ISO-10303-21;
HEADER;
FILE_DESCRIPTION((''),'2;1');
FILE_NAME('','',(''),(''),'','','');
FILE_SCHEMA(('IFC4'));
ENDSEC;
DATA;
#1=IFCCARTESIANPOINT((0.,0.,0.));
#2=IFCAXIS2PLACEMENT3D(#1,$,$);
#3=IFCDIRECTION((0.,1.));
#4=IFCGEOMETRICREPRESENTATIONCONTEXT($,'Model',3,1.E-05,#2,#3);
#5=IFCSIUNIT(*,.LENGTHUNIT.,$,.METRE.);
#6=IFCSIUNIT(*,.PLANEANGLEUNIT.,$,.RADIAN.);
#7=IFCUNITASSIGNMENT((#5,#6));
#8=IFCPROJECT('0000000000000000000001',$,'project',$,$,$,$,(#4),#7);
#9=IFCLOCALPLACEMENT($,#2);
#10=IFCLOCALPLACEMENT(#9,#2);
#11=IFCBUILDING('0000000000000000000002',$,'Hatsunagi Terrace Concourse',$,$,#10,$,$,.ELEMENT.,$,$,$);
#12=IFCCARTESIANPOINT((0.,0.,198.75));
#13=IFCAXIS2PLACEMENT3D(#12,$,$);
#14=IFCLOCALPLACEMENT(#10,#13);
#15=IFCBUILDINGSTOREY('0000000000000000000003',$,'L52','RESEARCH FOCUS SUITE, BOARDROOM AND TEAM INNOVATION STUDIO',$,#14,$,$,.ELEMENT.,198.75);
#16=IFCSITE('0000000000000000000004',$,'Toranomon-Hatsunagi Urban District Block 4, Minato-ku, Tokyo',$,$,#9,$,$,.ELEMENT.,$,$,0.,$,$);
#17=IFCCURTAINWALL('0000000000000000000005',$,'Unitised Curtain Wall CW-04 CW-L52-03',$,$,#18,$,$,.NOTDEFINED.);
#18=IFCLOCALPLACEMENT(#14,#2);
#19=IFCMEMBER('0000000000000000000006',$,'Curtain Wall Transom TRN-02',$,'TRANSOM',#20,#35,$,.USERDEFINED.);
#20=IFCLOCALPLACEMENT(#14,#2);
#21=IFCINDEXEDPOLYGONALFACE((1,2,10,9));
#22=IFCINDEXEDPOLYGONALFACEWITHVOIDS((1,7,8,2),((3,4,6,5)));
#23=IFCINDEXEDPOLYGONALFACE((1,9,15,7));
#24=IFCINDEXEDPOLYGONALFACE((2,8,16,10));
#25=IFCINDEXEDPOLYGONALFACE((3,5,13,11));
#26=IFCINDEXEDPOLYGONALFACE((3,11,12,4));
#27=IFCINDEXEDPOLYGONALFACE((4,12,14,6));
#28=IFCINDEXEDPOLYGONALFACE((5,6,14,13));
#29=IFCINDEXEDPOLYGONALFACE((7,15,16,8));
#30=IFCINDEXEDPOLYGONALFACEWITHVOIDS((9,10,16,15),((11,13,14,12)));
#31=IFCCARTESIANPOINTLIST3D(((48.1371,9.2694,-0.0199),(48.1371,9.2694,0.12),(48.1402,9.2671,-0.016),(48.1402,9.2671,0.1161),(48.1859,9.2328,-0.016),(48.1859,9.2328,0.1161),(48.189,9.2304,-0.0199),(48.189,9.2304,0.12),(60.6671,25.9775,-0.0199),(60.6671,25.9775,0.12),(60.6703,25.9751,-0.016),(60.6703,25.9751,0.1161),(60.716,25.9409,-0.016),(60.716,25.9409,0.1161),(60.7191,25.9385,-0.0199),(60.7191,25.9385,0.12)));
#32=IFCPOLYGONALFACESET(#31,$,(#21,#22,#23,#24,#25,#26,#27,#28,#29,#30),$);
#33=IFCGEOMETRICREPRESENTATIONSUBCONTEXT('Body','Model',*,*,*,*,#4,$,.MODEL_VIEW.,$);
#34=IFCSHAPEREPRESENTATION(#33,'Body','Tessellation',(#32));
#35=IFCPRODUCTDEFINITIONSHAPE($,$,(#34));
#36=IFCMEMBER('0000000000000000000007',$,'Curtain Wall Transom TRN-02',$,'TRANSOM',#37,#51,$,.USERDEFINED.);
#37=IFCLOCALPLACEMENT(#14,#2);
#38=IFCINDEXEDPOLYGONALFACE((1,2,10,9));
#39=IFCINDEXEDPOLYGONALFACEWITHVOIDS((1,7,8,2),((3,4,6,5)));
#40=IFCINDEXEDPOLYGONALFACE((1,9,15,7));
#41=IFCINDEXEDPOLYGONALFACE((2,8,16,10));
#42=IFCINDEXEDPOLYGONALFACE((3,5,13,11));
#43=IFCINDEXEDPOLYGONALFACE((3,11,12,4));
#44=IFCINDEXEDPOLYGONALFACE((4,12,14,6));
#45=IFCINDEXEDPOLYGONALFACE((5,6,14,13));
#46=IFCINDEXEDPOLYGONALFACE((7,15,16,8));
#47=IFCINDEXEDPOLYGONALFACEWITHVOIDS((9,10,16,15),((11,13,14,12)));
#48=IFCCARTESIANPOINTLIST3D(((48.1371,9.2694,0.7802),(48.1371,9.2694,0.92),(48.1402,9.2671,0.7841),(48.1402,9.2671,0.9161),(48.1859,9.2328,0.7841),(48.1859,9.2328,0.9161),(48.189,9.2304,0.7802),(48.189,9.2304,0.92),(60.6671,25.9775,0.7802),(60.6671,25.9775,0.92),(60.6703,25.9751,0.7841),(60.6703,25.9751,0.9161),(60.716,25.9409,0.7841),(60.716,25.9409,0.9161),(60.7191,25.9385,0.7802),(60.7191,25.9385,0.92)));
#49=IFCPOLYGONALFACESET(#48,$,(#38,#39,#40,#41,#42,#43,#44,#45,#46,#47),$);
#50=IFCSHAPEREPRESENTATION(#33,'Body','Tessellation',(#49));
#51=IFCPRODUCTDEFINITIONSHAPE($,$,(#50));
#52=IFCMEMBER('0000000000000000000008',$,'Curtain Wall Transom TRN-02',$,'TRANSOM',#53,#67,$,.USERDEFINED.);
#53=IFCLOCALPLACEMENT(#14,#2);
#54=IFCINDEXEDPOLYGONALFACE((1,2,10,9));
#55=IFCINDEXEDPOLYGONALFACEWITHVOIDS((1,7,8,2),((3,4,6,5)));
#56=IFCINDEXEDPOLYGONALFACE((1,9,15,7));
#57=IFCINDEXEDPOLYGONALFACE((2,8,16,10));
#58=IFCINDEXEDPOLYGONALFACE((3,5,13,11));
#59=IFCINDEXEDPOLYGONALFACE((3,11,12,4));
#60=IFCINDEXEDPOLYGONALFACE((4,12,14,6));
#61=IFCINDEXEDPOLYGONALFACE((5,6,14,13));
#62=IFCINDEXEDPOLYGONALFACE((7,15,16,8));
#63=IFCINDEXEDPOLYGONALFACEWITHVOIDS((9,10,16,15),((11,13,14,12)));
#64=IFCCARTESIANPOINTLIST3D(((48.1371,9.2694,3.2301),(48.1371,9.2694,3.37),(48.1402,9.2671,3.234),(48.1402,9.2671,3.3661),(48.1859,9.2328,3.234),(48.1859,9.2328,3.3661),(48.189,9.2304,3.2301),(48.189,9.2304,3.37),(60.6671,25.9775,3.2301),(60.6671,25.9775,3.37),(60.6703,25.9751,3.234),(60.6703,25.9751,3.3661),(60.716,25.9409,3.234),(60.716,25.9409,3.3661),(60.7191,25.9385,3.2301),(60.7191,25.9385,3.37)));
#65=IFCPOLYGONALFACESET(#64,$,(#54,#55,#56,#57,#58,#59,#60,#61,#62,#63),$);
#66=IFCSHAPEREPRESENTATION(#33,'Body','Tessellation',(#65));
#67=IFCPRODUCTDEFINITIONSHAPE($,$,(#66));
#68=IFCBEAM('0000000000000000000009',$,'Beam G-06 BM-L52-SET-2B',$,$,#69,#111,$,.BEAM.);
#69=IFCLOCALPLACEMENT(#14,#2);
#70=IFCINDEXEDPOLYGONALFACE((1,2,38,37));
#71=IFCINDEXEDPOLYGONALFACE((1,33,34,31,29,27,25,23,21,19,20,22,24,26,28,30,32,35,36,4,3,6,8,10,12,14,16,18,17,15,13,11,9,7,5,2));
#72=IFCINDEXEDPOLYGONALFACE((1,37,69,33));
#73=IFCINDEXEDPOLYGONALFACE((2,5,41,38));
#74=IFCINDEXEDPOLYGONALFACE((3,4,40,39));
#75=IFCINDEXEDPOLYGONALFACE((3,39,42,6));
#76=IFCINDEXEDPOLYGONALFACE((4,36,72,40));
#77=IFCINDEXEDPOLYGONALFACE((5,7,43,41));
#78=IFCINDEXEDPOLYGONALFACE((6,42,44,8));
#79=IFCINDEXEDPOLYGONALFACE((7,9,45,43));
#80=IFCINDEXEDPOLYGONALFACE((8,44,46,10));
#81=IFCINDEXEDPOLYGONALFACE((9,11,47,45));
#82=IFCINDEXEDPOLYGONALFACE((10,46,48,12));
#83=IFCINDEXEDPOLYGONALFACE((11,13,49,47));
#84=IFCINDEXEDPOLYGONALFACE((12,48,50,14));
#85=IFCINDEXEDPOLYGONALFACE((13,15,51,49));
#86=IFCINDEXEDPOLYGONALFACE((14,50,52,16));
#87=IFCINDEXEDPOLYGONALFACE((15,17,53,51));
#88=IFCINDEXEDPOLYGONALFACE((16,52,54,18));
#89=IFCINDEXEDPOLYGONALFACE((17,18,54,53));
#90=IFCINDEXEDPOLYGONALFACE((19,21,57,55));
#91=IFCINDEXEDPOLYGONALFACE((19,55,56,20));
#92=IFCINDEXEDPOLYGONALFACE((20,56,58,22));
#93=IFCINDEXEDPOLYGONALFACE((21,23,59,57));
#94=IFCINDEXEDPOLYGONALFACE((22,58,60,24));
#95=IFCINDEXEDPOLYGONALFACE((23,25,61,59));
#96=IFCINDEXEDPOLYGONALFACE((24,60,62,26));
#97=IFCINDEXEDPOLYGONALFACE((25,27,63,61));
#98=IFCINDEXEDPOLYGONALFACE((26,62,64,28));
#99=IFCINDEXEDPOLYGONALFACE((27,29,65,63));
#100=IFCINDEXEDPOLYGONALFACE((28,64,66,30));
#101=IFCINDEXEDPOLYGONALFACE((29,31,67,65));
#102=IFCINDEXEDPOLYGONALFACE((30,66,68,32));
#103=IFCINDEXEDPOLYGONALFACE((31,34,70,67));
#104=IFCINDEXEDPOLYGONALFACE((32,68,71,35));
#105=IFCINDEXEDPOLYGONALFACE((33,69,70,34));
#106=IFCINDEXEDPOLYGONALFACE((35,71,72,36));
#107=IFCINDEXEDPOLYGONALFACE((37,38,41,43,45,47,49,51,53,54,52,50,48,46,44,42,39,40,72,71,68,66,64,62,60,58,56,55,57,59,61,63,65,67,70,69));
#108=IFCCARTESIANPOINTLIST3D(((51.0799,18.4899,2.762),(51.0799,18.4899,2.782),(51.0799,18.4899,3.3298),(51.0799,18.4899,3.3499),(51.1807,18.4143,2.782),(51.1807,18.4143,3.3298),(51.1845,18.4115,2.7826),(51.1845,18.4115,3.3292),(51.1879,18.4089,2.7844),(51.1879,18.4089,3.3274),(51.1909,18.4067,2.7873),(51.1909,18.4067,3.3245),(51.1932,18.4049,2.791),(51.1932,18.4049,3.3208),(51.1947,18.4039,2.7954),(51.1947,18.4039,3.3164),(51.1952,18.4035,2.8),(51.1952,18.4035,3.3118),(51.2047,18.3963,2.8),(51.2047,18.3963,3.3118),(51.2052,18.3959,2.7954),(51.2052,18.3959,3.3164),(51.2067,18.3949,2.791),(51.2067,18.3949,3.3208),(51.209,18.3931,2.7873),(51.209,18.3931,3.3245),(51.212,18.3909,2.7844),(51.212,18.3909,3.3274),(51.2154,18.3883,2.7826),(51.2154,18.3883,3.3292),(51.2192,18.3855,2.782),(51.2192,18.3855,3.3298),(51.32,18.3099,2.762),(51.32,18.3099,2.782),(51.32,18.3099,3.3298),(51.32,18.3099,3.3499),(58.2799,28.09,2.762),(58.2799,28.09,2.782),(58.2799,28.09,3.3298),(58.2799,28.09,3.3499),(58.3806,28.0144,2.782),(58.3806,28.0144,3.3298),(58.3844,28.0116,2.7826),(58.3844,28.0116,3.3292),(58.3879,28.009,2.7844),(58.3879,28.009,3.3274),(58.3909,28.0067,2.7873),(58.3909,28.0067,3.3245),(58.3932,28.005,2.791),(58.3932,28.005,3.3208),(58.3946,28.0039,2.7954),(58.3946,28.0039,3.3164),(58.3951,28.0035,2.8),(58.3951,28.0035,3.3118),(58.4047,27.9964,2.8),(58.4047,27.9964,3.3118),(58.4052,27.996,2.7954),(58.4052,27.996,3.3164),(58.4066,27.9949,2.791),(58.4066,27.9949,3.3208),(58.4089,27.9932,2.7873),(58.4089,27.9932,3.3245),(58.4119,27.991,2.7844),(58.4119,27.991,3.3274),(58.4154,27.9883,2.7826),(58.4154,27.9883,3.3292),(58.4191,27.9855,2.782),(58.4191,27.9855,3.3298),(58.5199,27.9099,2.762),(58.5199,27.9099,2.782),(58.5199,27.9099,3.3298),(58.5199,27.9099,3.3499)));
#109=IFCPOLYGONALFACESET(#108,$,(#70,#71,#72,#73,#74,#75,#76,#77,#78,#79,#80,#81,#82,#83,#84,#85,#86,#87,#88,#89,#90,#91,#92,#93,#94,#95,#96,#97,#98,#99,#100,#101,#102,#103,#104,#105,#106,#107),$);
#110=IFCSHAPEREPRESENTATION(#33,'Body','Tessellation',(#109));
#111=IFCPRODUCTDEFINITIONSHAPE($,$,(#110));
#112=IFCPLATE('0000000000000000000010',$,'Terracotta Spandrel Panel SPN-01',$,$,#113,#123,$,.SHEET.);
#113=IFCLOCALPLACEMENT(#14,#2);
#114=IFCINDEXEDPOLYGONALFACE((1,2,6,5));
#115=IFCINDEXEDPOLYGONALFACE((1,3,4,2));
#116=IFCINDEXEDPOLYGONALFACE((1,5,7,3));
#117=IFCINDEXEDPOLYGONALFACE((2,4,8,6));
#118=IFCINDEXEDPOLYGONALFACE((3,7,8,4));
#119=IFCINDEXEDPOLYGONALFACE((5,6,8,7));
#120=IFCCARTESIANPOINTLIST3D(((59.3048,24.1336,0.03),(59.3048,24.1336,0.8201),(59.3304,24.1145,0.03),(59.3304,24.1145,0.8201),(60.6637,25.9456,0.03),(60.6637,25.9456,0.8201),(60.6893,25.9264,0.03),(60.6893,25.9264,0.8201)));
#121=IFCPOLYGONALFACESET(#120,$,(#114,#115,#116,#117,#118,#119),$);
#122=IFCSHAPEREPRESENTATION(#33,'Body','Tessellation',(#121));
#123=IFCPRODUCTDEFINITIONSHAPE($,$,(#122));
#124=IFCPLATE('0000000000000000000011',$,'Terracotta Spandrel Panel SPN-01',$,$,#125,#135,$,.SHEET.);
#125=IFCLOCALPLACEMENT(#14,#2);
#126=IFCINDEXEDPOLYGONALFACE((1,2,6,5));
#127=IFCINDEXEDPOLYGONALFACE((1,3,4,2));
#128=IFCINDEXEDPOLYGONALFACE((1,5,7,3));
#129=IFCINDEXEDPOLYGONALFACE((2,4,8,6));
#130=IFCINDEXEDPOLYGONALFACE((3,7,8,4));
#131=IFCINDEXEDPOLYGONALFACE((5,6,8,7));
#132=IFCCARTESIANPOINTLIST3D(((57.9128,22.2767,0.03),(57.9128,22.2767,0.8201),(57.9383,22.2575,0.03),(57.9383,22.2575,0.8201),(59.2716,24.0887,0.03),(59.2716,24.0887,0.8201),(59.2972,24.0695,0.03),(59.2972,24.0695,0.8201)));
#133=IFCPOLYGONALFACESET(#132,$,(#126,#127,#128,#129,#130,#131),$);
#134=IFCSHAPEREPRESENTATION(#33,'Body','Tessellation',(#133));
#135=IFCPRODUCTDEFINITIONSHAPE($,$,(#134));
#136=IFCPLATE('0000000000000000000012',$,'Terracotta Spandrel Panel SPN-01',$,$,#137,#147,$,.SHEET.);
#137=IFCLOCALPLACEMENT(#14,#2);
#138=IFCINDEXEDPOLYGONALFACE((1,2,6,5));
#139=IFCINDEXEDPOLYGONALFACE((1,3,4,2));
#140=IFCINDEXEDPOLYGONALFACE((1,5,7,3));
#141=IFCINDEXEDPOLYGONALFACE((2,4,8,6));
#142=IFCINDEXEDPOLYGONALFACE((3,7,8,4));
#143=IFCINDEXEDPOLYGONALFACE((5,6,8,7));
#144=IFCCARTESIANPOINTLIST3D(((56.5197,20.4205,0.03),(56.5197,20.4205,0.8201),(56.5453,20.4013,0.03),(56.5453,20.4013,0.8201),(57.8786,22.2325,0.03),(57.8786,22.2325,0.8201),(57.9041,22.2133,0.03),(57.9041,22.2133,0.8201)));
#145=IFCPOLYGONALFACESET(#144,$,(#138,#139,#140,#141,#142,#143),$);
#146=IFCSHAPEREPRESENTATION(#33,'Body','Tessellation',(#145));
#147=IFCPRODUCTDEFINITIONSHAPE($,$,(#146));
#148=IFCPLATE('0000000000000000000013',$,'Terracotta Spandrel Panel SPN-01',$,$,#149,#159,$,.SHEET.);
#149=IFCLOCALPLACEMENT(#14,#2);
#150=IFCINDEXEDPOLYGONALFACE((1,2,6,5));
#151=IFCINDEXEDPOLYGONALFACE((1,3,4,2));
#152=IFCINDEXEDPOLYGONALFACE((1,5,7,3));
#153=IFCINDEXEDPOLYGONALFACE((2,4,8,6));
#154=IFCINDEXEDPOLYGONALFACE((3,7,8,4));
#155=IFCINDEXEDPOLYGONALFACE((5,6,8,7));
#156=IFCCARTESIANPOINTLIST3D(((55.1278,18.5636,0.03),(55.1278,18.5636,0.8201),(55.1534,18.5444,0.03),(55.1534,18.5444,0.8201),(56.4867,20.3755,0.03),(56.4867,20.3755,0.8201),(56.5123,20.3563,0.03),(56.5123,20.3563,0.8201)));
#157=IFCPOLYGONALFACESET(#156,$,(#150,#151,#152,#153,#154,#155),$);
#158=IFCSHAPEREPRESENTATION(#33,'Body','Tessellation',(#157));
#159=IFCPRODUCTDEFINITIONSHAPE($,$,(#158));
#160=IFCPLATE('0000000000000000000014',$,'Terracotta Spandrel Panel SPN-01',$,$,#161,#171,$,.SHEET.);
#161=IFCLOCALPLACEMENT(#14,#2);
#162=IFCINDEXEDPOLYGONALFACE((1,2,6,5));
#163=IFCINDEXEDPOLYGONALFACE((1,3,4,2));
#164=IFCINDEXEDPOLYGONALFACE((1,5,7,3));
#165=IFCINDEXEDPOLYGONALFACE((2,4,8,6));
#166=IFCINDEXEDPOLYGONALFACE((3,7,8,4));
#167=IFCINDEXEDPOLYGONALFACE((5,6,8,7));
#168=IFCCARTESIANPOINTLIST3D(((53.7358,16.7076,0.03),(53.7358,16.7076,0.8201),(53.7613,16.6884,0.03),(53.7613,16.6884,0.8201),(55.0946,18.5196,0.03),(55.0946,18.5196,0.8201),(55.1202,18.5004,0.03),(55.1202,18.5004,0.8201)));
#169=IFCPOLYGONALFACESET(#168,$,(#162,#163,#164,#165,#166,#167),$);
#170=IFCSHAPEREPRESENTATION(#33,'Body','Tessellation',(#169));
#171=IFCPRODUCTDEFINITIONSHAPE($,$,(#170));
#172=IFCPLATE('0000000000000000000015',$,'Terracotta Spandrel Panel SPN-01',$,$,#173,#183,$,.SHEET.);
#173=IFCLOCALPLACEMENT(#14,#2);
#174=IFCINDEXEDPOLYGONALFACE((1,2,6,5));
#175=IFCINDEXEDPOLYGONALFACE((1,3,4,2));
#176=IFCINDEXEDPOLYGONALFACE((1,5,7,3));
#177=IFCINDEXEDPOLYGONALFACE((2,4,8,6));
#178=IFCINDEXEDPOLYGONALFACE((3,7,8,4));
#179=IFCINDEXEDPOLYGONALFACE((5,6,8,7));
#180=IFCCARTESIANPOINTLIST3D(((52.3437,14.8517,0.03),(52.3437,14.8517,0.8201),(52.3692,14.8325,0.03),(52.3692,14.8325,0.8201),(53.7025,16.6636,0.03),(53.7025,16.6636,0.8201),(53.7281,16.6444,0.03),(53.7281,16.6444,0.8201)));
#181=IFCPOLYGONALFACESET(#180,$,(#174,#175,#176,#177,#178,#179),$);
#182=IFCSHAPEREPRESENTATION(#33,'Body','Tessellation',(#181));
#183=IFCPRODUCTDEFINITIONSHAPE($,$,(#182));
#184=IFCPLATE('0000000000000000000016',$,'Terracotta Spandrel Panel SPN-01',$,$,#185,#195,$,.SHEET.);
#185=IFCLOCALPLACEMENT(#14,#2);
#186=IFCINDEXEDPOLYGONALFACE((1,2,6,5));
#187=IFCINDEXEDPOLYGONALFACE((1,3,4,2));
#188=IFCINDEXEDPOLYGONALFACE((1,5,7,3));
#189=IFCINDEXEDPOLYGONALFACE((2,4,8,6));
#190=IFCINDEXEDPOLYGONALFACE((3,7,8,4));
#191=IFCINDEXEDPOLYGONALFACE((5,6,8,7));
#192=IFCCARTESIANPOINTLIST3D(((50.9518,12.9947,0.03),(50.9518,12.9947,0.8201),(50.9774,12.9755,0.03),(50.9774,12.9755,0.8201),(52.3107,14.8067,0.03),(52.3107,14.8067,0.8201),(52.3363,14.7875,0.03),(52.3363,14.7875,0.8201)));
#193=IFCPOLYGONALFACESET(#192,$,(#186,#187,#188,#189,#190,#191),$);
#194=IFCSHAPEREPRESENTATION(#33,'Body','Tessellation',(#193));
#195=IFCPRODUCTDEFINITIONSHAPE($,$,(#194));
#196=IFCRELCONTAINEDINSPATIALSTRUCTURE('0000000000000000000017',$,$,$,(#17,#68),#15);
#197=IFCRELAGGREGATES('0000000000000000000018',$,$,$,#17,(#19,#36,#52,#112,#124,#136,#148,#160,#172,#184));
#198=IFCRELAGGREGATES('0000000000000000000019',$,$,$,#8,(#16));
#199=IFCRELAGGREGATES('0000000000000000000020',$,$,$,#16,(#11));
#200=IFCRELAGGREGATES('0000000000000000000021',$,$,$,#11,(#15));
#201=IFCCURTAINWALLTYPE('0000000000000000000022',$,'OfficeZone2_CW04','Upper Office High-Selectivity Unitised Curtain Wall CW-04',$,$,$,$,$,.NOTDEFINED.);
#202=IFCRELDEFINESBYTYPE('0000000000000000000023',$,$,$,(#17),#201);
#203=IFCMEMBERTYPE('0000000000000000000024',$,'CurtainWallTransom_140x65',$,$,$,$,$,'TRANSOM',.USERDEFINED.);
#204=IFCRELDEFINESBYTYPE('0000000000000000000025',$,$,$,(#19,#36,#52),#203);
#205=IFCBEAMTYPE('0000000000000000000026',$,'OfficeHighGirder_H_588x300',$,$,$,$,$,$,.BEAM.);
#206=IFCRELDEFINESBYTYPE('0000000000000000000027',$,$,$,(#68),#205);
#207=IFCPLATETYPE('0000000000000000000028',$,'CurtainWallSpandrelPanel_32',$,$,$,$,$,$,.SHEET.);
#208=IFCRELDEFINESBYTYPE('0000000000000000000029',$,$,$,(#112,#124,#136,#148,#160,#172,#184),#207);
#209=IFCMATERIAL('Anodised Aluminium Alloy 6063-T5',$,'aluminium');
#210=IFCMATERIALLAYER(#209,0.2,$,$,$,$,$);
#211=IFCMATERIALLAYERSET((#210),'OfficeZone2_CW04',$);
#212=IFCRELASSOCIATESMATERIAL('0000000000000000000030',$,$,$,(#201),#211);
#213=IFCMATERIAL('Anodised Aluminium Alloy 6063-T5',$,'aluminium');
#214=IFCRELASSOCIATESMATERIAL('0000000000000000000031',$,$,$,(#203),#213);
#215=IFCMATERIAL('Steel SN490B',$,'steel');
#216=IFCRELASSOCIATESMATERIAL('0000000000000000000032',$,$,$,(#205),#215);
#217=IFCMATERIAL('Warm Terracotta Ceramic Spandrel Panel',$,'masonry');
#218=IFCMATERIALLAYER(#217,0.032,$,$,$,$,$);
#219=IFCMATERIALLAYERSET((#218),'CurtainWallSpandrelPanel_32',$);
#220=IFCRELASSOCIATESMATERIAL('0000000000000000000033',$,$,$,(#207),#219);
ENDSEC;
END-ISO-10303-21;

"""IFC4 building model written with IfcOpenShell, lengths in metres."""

from ifc_helpers import new_model, si_unit, direction, frame, origin, origin_2d, place, context, subcontext, project, spatial, rectangle, hollow_rectangle, i_section, extrude, material, layer, layer_set, material_profile, profile_set, type_object, element, aggregate, save


model = new_model("IFC4")

# Units and contexts
model_context = context("Model", 3, precision=1e-05, world=origin(), true_north=direction((0.0, 1.0)))
body_context = subcontext(model_context, "Body", "Model", "MODEL_VIEW")
ifc_project = project(units=[si_unit("LENGTHUNIT", "METRE"), si_unit("PLANEANGLEUNIT", "RADIAN")], contexts=[model_context])

# Site, building, storey
site_placement = place(None, origin())
site = spatial("IfcSite", under=ifc_project, at=site_placement, Name="Toranomon-Hatsunagi Urban District Block 4, Minato-ku, Tokyo", CompositionType="ELEMENT", RefElevation=0.0)
building_placement = place(site_placement, origin())
building = spatial("IfcBuilding", under=site, at=building_placement, Name="Hatsunagi Terrace Concourse", CompositionType="ELEMENT")
storey_placement = place(building_placement, frame((0.0, 0.0, 198.75)))
storey = spatial("IfcBuildingStorey", under=building, at=storey_placement, Name="L52", Description="RESEARCH FOCUS SUITE, BOARDROOM AND TEAM INNOVATION STUDIO", CompositionType="ELEMENT", Elevation=198.75)

# Curtain wall, members
ifc_material_1 = material(Name="Anodised Aluminium Alloy 6063-T5", Category="aluminium")
ifc_layer_1 = layer(ifc_material_1, 0.2)
ifc_layer_set_1 = layer_set([ifc_layer_1], Name="OfficeZone2_CW04")
curtain_wall_type = type_object("IfcCurtainWallType", Name="OfficeZone2_CW04", Description="Upper Office High-Selectivity Unitised Curtain Wall CW-04", PredefinedType="NOTDEFINED", material=ifc_layer_set_1)
curtain_wall_placement = place(storey_placement, origin())
curtain_wall = element("IfcCurtainWall", 1, at=curtain_wall_placement, inside=storey, type_object=curtain_wall_type, Name="Unitised Curtain Wall CW-04 CW-L52-03", PredefinedType="NOTDEFINED")
ifc_material_2 = material(Name="Anodised Aluminium Alloy 6063-T5", Category="aluminium")
ifc_material_profile_1 = material_profile(ifc_material_2, hollow_rectangle(XDim=0.0649, YDim=0.1399, WallThickness=0.0039, at=origin_2d()), Name="ALU-TRN-140x65x4")
ifc_profile_set_1 = profile_set([ifc_material_profile_1], Name="Anodised Aluminium Alloy 6063-T5")
member_type_1 = type_object("IfcMemberType", Name="CurtainWallTransom_140x65", ElementType="TRANSOM", PredefinedType="USERDEFINED", material=ifc_profile_set_1)
member_1_placement = place(storey_placement, frame((60.6931, 25.958, 0.05), z_axis=(-0.59997, -0.800022, 0.0), x_axis=(0.800022, -0.59997, 0.0)))
member_1 = element("IfcMember", 2, at=member_1_placement, type_object=member_type_1, Name="Curtain Wall Transom TRN-02", ObjectType="TRANSOM", PredefinedType="USERDEFINED", context=body_context, shape_type="SweptSolid", body=[
    extrude(hollow_rectangle(XDim=0.0649, YDim=0.1399, WallThickness=0.0039, at=origin_2d()), origin(), (0.0, 0.0, 1.0), 20.8845),
])
member_2_placement = place(storey_placement, frame((60.6931, 25.958, 0.8501), z_axis=(-0.59997, -0.800022, 0.0), x_axis=(0.800022, -0.59997, 0.0)))
member_2 = element("IfcMember", 3, at=member_2_placement, type_object=member_type_1, Name="Curtain Wall Transom TRN-02", ObjectType="TRANSOM", PredefinedType="USERDEFINED", context=body_context, shape_type="SweptSolid", body=[
    extrude(hollow_rectangle(XDim=0.0649, YDim=0.1399, WallThickness=0.0039, at=origin_2d()), origin(), (0.0, 0.0, 1.0), 20.8845),
])
member_3_placement = place(storey_placement, frame((60.6931, 25.958, 3.3), z_axis=(-0.59997, -0.800022, 0.0), x_axis=(0.800022, -0.59997, 0.0)))
member_3 = element("IfcMember", 4, at=member_3_placement, type_object=member_type_1, Name="Curtain Wall Transom TRN-02", ObjectType="TRANSOM", PredefinedType="USERDEFINED", context=body_context, shape_type="SweptSolid", body=[
    extrude(hollow_rectangle(XDim=0.0649, YDim=0.1399, WallThickness=0.0039, at=origin_2d()), origin(), (0.0, 0.0, 1.0), 20.8845),
])

# Beam
ifc_material_3 = material(Name="Steel SN490B", Category="steel")
ifc_material_profile_2 = material_profile(ifc_material_3, i_section(OverallWidth=0.3, OverallDepth=0.5879, WebThickness=0.012, FlangeThickness=0.02, FilletRadius=0.0181, at=origin_2d()), Name="H-588x300x12x20")
ifc_profile_set_2 = profile_set([ifc_material_profile_2], Name="Steel SN490B")
beam_type = type_object("IfcBeamType", Name="OfficeHighGirder_H_588x300", PredefinedType="BEAM", material=ifc_profile_set_2)
beam_placement = place(storey_placement, frame((51.2, 18.3999, 3.0559), z_axis=(0.599993, 0.800005, 0.0), x_axis=(-0.800005, 0.599993, 0.0)))
element("IfcBeam", 5, at=beam_placement, inside=storey, type_object=beam_type, Name="Beam G-06 BM-L52-SET-2B", PredefinedType="BEAM", context=body_context, shape_type="SweptSolid", body=[
    extrude(i_section(OverallWidth=0.3, OverallDepth=0.5879, WebThickness=0.012, FlangeThickness=0.02, FilletRadius=0.0181, at=origin_2d()), origin(), (0.0, 0.0, 1.0), 12.0),
])

# Plates
ifc_material_4 = material(Name="Warm Terracotta Ceramic Spandrel Panel", Category="masonry")
ifc_layer_2 = layer(ifc_material_4, 0.032)
ifc_layer_set_2 = layer_set([ifc_layer_2], Name="CurtainWallSpandrelPanel_32")
plate_type_1 = type_object("IfcPlateType", Name="CurtainWallSpandrelPanel_32", PredefinedType="SHEET", material=ifc_layer_set_2)
plate_1_placement = place(storey_placement, frame((59.9971, 25.03, 0.03), z_axis=(0.0, 0.0, 1.0), x_axis=(-0.599969, -0.800023, 0.0)))
plate_1 = element("IfcPlate", 6, at=plate_1_placement, type_object=plate_type_1, Name="Terracotta Spandrel Panel SPN-01", PredefinedType="SHEET", context=body_context, shape_type="SweptSolid", body=[
    extrude(rectangle(XDim=2.2649, YDim=0.032, at=origin_2d()), origin(), (0.0, 0.0, 1.0), 0.79),
])
plate_2_placement = place(storey_placement, frame((58.605, 23.1731, 0.03), z_axis=(0.0, 0.0, 1.0), x_axis=(-0.599969, -0.800023, 0.0)))
plate_2 = element("IfcPlate", 7, at=plate_2_placement, type_object=plate_type_1, Name="Terracotta Spandrel Panel SPN-01", PredefinedType="SHEET", context=body_context, shape_type="SweptSolid", body=[
    extrude(rectangle(XDim=2.2649, YDim=0.032, at=origin_2d()), origin(), (0.0, 0.0, 1.0), 0.79),
])
plate_3_placement = place(storey_placement, frame((57.2119, 21.3169, 0.03), z_axis=(0.0, 0.0, 1.0), x_axis=(-0.599969, -0.800023, 0.0)))
plate_3 = element("IfcPlate", 8, at=plate_3_placement, type_object=plate_type_1, Name="Terracotta Spandrel Panel SPN-01", PredefinedType="SHEET", context=body_context, shape_type="SweptSolid", body=[
    extrude(rectangle(XDim=2.2649, YDim=0.032, at=origin_2d()), origin(), (0.0, 0.0, 1.0), 0.79),
])
plate_4_placement = place(storey_placement, frame((55.8201, 19.46, 0.03), z_axis=(0.0, 0.0, 1.0), x_axis=(-0.599969, -0.800023, 0.0)))
plate_4 = element("IfcPlate", 9, at=plate_4_placement, type_object=plate_type_1, Name="Terracotta Spandrel Panel SPN-01", PredefinedType="SHEET", context=body_context, shape_type="SweptSolid", body=[
    extrude(rectangle(XDim=2.2649, YDim=0.032, at=origin_2d()), origin(), (0.0, 0.0, 1.0), 0.79),
])
plate_5_placement = place(storey_placement, frame((54.428, 17.604, 0.03), z_axis=(0.0, 0.0, 1.0), x_axis=(-0.599969, -0.800023, 0.0)))
plate_5 = element("IfcPlate", 10, at=plate_5_placement, type_object=plate_type_1, Name="Terracotta Spandrel Panel SPN-01", PredefinedType="SHEET", context=body_context, shape_type="SweptSolid", body=[
    extrude(rectangle(XDim=2.2649, YDim=0.032, at=origin_2d()), origin(), (0.0, 0.0, 1.0), 0.79),
])
plate_6_placement = place(storey_placement, frame((53.0359, 15.748, 0.03), z_axis=(0.0, 0.0, 1.0), x_axis=(-0.599969, -0.800023, 0.0)))
plate_6 = element("IfcPlate", 11, at=plate_6_placement, type_object=plate_type_1, Name="Terracotta Spandrel Panel SPN-01", PredefinedType="SHEET", context=body_context, shape_type="SweptSolid", body=[
    extrude(rectangle(XDim=2.2649, YDim=0.032, at=origin_2d()), origin(), (0.0, 0.0, 1.0), 0.79),
])
plate_7_placement = place(storey_placement, frame((51.644, 13.8911, 0.03), z_axis=(0.0, 0.0, 1.0), x_axis=(-0.599969, -0.800023, 0.0)))
plate_7 = element("IfcPlate", 12, at=plate_7_placement, type_object=plate_type_1, Name="Terracotta Spandrel Panel SPN-01", PredefinedType="SHEET", context=body_context, shape_type="SweptSolid", body=[
    extrude(rectangle(XDim=2.2649, YDim=0.032, at=origin_2d()), origin(), (0.0, 0.0, 1.0), 0.79),
])
aggregate(curtain_wall, [member_1, member_2, member_3, plate_1, plate_2, plate_3, plate_4, plate_5, plate_6, plate_7])

save(model, "model.ifc")
